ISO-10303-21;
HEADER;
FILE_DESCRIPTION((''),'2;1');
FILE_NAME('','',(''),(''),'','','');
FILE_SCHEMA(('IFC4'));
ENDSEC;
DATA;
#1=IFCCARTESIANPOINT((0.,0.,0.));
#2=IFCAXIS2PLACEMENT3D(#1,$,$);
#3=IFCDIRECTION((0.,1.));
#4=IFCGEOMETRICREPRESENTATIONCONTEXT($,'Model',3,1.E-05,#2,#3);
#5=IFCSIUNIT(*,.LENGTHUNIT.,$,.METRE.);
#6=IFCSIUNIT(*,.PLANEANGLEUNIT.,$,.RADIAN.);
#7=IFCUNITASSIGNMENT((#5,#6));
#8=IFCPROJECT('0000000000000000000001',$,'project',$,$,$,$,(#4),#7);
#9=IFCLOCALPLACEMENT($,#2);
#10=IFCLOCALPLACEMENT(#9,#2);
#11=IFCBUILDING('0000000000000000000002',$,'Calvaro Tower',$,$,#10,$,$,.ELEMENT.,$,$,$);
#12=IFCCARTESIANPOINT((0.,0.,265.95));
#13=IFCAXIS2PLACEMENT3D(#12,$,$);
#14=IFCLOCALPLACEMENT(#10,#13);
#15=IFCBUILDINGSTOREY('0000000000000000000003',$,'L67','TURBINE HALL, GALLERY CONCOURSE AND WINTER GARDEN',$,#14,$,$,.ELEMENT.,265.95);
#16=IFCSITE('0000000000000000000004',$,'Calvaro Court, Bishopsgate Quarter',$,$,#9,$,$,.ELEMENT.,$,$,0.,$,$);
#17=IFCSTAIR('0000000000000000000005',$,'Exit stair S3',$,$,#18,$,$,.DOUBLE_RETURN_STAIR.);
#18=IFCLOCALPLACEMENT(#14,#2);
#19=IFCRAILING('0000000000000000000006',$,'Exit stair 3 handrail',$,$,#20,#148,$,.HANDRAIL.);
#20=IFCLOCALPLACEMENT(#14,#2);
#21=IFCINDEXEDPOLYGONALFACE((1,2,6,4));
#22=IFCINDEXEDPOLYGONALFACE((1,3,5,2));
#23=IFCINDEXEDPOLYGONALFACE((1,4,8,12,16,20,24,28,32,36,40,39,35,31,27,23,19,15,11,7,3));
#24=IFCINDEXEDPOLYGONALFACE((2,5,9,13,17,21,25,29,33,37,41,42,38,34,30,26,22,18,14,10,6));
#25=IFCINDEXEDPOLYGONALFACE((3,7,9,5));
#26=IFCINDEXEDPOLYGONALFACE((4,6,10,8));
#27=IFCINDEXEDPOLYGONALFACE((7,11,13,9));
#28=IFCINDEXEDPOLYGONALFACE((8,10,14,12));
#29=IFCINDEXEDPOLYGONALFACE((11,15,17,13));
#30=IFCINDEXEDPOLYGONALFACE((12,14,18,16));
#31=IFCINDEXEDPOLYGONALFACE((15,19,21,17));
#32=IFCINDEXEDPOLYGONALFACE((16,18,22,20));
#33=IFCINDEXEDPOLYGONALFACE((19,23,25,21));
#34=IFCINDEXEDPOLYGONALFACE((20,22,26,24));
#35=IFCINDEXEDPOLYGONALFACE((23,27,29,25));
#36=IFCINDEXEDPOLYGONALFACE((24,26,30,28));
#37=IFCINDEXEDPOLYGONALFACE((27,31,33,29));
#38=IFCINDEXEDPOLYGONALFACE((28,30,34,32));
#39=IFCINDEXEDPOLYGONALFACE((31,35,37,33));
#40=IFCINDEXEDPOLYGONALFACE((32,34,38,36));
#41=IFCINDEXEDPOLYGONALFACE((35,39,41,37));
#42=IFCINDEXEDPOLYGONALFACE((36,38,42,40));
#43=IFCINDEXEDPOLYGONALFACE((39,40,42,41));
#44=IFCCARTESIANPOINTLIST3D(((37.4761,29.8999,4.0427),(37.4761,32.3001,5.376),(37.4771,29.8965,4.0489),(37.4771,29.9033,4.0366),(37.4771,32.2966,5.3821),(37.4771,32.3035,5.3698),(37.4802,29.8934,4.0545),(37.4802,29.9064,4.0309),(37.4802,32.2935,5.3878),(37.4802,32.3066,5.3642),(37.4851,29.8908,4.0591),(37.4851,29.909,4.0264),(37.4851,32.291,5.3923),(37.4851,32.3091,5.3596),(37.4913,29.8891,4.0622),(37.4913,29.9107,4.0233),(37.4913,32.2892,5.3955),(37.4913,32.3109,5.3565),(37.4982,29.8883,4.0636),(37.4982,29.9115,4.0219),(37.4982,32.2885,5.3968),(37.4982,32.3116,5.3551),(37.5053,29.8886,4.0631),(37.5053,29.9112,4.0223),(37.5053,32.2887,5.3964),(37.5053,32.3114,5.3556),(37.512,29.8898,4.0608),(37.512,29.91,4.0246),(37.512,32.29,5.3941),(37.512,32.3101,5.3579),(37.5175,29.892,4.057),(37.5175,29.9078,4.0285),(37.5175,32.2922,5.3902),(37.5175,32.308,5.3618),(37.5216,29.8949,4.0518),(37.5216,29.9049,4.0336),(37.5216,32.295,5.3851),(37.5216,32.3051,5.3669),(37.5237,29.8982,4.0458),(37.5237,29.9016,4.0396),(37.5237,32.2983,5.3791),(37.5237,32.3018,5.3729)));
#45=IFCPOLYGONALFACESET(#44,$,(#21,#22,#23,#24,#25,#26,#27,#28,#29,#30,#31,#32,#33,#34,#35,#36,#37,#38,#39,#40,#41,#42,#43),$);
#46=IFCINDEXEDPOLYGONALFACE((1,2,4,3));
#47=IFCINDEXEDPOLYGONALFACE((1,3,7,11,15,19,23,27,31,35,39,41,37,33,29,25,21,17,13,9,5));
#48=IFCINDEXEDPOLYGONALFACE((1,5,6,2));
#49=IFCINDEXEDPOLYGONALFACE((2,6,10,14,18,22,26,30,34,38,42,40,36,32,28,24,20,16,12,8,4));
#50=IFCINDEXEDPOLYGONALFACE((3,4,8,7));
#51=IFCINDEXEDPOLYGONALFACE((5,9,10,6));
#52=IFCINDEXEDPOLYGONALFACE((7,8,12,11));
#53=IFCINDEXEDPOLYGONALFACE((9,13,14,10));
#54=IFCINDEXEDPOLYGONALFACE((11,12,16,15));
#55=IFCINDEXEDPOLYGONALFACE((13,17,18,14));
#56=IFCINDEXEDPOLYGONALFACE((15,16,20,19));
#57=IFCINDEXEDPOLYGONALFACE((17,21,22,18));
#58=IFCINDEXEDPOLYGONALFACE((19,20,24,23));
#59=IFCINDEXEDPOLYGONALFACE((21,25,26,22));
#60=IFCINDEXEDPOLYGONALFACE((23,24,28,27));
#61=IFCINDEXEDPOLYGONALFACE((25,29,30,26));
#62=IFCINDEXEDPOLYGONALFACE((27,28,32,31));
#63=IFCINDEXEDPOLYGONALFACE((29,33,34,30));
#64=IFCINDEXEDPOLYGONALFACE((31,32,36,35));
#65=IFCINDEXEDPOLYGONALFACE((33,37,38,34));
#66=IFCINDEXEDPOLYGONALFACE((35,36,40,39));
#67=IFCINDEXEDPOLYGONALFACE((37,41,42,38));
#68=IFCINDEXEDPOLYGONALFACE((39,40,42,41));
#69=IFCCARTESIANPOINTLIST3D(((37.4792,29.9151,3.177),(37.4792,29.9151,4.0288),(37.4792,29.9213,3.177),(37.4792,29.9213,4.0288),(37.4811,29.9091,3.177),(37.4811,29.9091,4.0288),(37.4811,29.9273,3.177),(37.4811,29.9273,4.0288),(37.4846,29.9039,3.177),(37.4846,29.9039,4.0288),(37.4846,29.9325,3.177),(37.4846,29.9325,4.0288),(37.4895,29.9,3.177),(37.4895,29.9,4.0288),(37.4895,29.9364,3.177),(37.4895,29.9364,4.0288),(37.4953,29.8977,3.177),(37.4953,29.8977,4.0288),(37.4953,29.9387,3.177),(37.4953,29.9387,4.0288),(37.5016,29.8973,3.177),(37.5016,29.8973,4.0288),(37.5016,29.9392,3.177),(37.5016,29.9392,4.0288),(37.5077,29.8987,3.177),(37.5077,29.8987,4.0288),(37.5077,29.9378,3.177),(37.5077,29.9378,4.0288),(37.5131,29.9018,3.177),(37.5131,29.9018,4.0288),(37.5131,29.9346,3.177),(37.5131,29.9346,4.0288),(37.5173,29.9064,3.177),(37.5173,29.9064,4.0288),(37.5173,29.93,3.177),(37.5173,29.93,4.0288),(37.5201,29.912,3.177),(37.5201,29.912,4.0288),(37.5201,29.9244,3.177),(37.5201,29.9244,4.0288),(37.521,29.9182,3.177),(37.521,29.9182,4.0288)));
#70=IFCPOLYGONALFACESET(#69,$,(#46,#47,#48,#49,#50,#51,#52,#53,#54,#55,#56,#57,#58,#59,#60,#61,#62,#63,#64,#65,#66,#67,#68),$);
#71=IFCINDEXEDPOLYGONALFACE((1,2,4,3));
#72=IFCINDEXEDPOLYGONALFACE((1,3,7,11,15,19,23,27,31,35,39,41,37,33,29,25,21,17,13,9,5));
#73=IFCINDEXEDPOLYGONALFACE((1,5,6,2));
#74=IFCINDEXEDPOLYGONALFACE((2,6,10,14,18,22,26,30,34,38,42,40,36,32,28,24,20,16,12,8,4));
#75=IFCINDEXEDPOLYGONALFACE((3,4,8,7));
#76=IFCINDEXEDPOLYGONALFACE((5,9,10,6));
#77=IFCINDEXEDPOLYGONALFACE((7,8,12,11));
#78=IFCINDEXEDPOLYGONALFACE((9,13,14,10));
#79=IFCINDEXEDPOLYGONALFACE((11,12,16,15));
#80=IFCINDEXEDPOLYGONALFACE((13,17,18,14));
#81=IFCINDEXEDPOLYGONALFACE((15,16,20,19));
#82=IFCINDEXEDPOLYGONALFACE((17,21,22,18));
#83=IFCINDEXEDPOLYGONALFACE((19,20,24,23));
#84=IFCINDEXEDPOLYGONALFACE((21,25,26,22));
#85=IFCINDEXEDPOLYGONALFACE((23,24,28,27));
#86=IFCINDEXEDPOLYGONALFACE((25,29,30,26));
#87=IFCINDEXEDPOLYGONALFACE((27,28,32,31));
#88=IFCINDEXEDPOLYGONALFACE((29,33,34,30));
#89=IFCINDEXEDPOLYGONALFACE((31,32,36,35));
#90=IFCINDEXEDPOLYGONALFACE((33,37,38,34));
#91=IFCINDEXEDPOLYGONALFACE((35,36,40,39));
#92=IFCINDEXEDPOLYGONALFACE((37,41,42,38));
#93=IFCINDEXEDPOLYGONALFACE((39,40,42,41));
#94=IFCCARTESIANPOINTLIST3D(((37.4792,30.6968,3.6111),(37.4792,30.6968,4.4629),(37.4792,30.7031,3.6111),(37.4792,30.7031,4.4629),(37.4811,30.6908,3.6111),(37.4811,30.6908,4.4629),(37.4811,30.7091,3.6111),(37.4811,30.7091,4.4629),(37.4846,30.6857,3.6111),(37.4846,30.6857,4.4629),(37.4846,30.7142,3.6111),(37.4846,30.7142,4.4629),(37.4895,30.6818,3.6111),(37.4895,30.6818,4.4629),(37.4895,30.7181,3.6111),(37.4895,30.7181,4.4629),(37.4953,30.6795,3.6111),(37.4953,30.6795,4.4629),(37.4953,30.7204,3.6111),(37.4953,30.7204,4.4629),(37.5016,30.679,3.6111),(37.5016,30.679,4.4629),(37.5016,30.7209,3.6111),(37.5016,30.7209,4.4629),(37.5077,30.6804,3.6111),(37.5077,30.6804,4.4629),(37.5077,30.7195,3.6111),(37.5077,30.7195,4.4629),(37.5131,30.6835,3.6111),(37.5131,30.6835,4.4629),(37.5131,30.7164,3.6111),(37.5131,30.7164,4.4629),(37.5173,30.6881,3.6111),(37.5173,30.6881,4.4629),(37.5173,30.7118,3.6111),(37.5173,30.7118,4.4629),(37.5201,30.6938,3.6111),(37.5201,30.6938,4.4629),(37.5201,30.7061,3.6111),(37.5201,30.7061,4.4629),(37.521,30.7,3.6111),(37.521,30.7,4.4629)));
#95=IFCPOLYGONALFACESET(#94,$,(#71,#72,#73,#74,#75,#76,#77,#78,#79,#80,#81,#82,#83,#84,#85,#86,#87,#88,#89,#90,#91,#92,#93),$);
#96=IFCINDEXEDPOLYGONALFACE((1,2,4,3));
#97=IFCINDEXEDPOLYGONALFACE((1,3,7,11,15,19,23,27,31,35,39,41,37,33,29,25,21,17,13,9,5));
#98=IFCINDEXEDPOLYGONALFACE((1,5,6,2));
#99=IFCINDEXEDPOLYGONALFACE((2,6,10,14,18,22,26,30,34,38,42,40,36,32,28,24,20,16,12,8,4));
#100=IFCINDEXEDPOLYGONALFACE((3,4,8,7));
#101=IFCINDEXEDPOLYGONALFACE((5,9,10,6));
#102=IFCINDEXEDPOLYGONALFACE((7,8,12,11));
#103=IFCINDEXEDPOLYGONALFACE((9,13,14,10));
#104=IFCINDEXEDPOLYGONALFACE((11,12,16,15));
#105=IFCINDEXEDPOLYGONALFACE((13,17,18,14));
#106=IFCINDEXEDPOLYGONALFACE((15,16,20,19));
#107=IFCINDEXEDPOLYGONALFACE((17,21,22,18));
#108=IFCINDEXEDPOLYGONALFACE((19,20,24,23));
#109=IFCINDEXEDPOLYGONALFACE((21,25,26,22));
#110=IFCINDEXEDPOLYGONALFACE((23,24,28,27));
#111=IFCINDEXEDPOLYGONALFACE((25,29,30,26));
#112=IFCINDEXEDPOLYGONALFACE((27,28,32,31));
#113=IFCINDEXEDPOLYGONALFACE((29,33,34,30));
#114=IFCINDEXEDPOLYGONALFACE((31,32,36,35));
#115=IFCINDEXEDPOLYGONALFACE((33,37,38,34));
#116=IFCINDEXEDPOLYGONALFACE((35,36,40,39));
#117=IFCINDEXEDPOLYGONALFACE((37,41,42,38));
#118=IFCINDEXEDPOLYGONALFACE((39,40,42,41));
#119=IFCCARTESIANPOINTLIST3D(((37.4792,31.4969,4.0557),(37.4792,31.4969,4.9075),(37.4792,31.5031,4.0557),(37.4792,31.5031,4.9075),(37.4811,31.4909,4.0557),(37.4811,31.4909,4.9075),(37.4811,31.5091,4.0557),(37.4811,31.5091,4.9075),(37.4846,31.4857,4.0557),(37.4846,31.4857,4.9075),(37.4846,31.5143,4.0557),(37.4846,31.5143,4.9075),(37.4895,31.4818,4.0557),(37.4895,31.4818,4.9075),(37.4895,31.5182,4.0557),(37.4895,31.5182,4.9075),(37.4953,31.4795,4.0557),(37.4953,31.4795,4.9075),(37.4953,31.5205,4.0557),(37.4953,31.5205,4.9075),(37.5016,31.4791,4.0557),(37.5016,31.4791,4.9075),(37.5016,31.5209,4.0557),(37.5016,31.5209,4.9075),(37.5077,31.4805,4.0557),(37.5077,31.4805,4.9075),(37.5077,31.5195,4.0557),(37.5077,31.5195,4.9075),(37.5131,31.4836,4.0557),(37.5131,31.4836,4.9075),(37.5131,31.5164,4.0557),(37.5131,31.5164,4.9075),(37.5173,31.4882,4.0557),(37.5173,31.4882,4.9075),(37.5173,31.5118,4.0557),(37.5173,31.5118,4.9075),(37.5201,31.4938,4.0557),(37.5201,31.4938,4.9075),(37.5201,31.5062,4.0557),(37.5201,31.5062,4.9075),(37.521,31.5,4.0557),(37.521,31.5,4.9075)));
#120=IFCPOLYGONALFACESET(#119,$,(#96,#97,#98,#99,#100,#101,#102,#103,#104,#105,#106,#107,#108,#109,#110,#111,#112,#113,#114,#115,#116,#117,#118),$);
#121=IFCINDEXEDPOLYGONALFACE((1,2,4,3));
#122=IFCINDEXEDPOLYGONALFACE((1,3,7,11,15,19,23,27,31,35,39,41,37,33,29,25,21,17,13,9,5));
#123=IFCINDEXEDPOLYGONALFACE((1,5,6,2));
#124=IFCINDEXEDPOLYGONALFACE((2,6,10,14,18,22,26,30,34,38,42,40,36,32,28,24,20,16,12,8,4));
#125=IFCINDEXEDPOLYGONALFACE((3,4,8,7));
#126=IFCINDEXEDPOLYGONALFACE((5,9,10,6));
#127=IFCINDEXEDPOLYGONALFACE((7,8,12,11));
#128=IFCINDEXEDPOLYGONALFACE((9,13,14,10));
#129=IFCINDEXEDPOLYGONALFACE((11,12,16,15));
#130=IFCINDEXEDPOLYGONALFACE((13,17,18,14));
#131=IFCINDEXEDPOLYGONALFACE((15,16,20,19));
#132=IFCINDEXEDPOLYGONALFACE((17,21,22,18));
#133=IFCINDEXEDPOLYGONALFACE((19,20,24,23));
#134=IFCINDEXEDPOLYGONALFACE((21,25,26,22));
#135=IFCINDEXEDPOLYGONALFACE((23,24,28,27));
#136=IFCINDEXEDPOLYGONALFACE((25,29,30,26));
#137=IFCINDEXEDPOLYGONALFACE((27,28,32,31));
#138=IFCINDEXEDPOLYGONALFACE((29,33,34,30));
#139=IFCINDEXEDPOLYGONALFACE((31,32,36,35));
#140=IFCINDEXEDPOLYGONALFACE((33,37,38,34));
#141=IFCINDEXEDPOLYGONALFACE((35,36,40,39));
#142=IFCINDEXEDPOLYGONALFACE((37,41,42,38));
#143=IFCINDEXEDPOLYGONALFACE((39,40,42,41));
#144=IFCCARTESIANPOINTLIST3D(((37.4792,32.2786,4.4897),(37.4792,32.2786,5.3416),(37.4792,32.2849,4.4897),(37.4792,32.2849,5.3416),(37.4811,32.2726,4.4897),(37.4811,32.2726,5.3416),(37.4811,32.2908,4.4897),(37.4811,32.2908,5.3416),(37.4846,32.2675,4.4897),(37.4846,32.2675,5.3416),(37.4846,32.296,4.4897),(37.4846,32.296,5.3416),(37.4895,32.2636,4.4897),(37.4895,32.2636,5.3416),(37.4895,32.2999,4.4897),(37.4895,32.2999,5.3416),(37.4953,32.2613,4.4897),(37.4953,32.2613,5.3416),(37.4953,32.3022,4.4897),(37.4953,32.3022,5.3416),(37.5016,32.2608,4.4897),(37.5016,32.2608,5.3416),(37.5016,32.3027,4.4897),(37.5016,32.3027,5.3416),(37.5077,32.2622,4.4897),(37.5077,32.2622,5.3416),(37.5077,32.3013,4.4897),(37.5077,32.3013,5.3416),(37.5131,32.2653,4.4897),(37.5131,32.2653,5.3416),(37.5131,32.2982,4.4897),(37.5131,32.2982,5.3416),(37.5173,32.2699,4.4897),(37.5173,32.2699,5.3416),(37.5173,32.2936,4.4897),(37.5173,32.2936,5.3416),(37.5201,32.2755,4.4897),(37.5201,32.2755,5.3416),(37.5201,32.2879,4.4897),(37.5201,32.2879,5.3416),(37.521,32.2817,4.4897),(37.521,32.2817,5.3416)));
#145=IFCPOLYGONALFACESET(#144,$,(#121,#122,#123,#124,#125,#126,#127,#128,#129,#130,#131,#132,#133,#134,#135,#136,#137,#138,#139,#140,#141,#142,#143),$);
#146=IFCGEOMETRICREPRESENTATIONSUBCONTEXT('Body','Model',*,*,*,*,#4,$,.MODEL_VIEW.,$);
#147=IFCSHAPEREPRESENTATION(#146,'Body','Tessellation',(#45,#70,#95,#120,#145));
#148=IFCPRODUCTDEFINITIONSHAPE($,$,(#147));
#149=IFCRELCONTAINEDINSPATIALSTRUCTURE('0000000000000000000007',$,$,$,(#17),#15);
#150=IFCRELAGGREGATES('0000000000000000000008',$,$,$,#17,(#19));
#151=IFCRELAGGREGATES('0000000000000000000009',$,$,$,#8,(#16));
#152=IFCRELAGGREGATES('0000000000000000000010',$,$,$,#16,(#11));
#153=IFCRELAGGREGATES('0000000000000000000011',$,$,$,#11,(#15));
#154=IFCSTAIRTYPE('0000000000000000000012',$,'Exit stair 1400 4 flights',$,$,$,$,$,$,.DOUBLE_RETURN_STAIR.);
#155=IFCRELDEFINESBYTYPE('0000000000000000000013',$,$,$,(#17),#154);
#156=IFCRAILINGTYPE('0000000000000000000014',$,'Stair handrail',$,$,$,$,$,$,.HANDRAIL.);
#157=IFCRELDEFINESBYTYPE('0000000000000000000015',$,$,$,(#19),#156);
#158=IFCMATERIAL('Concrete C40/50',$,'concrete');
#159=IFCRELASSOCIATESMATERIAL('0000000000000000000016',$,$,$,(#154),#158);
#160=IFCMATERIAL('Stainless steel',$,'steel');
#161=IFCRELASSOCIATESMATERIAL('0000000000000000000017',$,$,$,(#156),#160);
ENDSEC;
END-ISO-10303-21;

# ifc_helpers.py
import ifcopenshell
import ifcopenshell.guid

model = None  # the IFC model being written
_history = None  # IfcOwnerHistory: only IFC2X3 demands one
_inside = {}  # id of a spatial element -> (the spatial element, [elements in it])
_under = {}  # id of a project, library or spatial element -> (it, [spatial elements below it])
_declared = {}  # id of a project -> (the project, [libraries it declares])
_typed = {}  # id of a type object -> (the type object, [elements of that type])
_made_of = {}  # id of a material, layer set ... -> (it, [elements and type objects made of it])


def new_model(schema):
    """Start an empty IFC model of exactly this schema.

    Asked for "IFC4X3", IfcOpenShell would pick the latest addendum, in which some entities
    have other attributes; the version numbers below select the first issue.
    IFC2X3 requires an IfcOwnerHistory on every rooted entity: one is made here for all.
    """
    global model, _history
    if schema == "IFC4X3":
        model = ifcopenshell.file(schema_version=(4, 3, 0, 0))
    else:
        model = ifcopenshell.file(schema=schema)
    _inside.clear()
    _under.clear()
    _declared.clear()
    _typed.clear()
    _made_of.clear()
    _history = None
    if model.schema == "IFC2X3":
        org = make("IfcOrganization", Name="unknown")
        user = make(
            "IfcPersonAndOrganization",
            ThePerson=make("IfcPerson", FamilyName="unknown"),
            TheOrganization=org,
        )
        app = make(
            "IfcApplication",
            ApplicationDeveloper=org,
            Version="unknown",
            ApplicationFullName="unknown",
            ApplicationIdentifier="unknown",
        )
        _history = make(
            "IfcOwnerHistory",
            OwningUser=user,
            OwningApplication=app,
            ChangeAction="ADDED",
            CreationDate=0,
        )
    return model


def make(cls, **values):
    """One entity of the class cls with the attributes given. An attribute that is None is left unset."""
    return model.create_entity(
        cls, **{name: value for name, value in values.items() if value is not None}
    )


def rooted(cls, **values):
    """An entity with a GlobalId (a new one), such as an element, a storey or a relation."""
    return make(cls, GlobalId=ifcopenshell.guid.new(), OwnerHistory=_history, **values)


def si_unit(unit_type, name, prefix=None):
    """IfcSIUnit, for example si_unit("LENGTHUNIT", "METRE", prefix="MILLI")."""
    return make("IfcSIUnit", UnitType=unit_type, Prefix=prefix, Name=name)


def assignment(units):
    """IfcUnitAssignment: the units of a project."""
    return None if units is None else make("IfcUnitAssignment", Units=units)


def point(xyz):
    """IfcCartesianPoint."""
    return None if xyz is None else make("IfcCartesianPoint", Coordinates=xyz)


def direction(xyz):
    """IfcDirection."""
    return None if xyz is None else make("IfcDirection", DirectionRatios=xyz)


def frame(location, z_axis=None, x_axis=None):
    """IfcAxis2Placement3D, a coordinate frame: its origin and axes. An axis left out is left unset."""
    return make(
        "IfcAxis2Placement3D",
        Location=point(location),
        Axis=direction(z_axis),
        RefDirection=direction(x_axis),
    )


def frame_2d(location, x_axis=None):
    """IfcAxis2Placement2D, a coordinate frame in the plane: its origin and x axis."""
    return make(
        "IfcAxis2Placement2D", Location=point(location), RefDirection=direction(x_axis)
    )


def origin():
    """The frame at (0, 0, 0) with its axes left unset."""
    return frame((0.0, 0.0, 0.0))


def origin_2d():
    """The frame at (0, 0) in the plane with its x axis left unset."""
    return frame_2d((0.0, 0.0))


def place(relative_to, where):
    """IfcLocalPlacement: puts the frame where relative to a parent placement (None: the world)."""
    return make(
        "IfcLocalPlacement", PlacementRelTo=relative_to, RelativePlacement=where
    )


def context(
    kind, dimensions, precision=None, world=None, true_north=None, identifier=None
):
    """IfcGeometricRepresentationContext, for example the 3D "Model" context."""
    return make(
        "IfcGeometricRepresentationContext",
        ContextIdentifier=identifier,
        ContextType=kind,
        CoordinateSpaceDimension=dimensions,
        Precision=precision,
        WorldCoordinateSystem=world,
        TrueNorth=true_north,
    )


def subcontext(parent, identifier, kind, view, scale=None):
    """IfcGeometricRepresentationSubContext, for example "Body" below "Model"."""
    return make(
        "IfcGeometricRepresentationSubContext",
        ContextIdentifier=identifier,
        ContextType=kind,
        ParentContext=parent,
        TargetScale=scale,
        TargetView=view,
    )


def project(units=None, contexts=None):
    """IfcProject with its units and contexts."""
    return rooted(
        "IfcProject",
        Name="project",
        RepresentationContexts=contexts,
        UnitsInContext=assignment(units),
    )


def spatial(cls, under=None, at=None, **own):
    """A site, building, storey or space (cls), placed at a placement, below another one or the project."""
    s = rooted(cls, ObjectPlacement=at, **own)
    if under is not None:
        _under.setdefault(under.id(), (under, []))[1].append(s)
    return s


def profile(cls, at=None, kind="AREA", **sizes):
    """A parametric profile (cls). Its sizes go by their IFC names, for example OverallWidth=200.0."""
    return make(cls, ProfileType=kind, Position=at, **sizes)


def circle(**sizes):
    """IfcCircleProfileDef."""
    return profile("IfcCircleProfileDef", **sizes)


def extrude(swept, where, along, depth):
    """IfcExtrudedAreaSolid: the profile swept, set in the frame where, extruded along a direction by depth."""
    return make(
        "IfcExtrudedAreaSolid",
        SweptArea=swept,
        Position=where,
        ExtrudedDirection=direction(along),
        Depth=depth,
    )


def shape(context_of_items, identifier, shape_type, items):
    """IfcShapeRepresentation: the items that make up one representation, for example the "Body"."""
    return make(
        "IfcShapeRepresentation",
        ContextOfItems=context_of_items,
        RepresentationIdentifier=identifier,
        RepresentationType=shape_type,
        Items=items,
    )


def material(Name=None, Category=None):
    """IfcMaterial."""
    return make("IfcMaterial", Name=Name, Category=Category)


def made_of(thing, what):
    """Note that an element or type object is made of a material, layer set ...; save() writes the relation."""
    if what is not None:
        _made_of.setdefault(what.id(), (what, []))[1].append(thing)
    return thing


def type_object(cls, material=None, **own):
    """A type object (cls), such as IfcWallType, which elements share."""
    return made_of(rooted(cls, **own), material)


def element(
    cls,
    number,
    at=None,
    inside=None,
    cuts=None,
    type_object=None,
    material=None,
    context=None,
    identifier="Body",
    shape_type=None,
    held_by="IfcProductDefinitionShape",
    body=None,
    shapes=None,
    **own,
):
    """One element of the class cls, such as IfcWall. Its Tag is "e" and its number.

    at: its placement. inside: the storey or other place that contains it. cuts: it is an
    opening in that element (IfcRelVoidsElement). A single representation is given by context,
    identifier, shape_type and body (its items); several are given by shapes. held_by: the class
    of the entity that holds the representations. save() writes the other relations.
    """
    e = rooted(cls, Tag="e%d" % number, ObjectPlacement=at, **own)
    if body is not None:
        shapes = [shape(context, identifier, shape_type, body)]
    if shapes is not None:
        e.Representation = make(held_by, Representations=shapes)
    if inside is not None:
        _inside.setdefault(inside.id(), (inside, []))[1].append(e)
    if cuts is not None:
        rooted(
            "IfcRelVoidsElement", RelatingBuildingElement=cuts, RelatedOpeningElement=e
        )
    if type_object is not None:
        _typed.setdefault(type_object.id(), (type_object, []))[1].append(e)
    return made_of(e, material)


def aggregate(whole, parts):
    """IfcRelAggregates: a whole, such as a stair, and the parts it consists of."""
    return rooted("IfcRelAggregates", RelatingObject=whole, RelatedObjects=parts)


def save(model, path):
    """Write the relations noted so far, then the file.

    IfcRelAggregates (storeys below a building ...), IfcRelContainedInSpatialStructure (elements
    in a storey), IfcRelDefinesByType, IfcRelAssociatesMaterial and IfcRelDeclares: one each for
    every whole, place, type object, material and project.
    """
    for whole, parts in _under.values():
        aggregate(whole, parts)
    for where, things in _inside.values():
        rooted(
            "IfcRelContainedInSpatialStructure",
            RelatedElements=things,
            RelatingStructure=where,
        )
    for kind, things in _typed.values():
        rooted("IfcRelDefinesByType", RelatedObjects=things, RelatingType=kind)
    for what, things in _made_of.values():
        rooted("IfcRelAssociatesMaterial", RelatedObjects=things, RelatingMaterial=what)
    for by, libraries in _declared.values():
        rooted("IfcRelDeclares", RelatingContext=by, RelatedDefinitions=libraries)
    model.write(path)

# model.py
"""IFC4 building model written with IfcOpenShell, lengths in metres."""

from ifc_helpers import new_model, si_unit, direction, frame, origin, origin_2d, place, context, subcontext, project, spatial, circle, extrude, material, type_object, element, aggregate, save


model = new_model("IFC4")

# Units and contexts
model_context = context("Model", 3, precision=1e-05, world=origin(), true_north=direction((0.0, 1.0)))
body_context = subcontext(model_context, "Body", "Model", "MODEL_VIEW")
ifc_project = project(units=[si_unit("LENGTHUNIT", "METRE"), si_unit("PLANEANGLEUNIT", "RADIAN")], contexts=[model_context])

# Site, building, storey
site_placement = place(None, origin())
site = spatial("IfcSite", under=ifc_project, at=site_placement, Name="Calvaro Court, Bishopsgate Quarter", CompositionType="ELEMENT", RefElevation=0.0)
building_placement = place(site_placement, origin())
building = spatial("IfcBuilding", under=site, at=building_placement, Name="Calvaro Tower", CompositionType="ELEMENT")
storey_placement = place(building_placement, frame((0.0, 0.0, 265.95)))
storey = spatial("IfcBuildingStorey", under=building, at=storey_placement, Name="L67", Description="TURBINE HALL, GALLERY CONCOURSE AND WINTER GARDEN", CompositionType="ELEMENT", Elevation=265.95)

# Stair, railing
ifc_material_1 = material(Name="Concrete C40/50", Category="concrete")
stair_type = type_object("IfcStairType", Name="Exit stair 1400 4 flights", PredefinedType="DOUBLE_RETURN_STAIR", material=ifc_material_1)
stair_placement = place(storey_placement, origin())
stair = element("IfcStair", 1, at=stair_placement, inside=storey, type_object=stair_type, Name="Exit stair S3", PredefinedType="DOUBLE_RETURN_STAIR")
ifc_material_2 = material(Name="Stainless steel", Category="steel")
railing_type = type_object("IfcRailingType", Name="Stair handrail", PredefinedType="HANDRAIL", material=ifc_material_2)
railing_1_placement = place(storey_placement, frame((37.5, 29.8999, 3.1667)))
railing_1 = element("IfcRailing", 2, at=railing_1_placement, type_object=railing_type, Name="Exit stair 3 handrail", PredefinedType="HANDRAIL", context=body_context, shape_type="SweptSolid", body=[
    extrude(circle(Radius=0.0239, at=origin_2d()), frame((0.0, 0.0, 0.876), z_axis=(0.0, 0.874182, 0.485598), x_axis=(-1.0, 0.0, 0.0)), (0.0, 0.0, 1.0), 2.7456),
    extrude(circle(Radius=0.021, at=origin_2d()), frame((0.0, 0.0183, 0.0103)), (0.0, 0.0, 1.0), 0.8518),
    extrude(circle(Radius=0.021, at=origin_2d()), frame((0.0, 0.8, 0.4443)), (0.0, 0.0, 1.0), 0.8518),
    extrude(circle(Radius=0.021, at=origin_2d()), frame((0.0, 1.6001, 0.8889)), (0.0, 0.0, 1.0), 0.8518),
    extrude(circle(Radius=0.021, at=origin_2d()), frame((0.0, 2.3818, 1.323)), (0.0, 0.0, 1.0), 0.8518),
])
aggregate(stair, [railing_1])

save(model, "model.ifc")
